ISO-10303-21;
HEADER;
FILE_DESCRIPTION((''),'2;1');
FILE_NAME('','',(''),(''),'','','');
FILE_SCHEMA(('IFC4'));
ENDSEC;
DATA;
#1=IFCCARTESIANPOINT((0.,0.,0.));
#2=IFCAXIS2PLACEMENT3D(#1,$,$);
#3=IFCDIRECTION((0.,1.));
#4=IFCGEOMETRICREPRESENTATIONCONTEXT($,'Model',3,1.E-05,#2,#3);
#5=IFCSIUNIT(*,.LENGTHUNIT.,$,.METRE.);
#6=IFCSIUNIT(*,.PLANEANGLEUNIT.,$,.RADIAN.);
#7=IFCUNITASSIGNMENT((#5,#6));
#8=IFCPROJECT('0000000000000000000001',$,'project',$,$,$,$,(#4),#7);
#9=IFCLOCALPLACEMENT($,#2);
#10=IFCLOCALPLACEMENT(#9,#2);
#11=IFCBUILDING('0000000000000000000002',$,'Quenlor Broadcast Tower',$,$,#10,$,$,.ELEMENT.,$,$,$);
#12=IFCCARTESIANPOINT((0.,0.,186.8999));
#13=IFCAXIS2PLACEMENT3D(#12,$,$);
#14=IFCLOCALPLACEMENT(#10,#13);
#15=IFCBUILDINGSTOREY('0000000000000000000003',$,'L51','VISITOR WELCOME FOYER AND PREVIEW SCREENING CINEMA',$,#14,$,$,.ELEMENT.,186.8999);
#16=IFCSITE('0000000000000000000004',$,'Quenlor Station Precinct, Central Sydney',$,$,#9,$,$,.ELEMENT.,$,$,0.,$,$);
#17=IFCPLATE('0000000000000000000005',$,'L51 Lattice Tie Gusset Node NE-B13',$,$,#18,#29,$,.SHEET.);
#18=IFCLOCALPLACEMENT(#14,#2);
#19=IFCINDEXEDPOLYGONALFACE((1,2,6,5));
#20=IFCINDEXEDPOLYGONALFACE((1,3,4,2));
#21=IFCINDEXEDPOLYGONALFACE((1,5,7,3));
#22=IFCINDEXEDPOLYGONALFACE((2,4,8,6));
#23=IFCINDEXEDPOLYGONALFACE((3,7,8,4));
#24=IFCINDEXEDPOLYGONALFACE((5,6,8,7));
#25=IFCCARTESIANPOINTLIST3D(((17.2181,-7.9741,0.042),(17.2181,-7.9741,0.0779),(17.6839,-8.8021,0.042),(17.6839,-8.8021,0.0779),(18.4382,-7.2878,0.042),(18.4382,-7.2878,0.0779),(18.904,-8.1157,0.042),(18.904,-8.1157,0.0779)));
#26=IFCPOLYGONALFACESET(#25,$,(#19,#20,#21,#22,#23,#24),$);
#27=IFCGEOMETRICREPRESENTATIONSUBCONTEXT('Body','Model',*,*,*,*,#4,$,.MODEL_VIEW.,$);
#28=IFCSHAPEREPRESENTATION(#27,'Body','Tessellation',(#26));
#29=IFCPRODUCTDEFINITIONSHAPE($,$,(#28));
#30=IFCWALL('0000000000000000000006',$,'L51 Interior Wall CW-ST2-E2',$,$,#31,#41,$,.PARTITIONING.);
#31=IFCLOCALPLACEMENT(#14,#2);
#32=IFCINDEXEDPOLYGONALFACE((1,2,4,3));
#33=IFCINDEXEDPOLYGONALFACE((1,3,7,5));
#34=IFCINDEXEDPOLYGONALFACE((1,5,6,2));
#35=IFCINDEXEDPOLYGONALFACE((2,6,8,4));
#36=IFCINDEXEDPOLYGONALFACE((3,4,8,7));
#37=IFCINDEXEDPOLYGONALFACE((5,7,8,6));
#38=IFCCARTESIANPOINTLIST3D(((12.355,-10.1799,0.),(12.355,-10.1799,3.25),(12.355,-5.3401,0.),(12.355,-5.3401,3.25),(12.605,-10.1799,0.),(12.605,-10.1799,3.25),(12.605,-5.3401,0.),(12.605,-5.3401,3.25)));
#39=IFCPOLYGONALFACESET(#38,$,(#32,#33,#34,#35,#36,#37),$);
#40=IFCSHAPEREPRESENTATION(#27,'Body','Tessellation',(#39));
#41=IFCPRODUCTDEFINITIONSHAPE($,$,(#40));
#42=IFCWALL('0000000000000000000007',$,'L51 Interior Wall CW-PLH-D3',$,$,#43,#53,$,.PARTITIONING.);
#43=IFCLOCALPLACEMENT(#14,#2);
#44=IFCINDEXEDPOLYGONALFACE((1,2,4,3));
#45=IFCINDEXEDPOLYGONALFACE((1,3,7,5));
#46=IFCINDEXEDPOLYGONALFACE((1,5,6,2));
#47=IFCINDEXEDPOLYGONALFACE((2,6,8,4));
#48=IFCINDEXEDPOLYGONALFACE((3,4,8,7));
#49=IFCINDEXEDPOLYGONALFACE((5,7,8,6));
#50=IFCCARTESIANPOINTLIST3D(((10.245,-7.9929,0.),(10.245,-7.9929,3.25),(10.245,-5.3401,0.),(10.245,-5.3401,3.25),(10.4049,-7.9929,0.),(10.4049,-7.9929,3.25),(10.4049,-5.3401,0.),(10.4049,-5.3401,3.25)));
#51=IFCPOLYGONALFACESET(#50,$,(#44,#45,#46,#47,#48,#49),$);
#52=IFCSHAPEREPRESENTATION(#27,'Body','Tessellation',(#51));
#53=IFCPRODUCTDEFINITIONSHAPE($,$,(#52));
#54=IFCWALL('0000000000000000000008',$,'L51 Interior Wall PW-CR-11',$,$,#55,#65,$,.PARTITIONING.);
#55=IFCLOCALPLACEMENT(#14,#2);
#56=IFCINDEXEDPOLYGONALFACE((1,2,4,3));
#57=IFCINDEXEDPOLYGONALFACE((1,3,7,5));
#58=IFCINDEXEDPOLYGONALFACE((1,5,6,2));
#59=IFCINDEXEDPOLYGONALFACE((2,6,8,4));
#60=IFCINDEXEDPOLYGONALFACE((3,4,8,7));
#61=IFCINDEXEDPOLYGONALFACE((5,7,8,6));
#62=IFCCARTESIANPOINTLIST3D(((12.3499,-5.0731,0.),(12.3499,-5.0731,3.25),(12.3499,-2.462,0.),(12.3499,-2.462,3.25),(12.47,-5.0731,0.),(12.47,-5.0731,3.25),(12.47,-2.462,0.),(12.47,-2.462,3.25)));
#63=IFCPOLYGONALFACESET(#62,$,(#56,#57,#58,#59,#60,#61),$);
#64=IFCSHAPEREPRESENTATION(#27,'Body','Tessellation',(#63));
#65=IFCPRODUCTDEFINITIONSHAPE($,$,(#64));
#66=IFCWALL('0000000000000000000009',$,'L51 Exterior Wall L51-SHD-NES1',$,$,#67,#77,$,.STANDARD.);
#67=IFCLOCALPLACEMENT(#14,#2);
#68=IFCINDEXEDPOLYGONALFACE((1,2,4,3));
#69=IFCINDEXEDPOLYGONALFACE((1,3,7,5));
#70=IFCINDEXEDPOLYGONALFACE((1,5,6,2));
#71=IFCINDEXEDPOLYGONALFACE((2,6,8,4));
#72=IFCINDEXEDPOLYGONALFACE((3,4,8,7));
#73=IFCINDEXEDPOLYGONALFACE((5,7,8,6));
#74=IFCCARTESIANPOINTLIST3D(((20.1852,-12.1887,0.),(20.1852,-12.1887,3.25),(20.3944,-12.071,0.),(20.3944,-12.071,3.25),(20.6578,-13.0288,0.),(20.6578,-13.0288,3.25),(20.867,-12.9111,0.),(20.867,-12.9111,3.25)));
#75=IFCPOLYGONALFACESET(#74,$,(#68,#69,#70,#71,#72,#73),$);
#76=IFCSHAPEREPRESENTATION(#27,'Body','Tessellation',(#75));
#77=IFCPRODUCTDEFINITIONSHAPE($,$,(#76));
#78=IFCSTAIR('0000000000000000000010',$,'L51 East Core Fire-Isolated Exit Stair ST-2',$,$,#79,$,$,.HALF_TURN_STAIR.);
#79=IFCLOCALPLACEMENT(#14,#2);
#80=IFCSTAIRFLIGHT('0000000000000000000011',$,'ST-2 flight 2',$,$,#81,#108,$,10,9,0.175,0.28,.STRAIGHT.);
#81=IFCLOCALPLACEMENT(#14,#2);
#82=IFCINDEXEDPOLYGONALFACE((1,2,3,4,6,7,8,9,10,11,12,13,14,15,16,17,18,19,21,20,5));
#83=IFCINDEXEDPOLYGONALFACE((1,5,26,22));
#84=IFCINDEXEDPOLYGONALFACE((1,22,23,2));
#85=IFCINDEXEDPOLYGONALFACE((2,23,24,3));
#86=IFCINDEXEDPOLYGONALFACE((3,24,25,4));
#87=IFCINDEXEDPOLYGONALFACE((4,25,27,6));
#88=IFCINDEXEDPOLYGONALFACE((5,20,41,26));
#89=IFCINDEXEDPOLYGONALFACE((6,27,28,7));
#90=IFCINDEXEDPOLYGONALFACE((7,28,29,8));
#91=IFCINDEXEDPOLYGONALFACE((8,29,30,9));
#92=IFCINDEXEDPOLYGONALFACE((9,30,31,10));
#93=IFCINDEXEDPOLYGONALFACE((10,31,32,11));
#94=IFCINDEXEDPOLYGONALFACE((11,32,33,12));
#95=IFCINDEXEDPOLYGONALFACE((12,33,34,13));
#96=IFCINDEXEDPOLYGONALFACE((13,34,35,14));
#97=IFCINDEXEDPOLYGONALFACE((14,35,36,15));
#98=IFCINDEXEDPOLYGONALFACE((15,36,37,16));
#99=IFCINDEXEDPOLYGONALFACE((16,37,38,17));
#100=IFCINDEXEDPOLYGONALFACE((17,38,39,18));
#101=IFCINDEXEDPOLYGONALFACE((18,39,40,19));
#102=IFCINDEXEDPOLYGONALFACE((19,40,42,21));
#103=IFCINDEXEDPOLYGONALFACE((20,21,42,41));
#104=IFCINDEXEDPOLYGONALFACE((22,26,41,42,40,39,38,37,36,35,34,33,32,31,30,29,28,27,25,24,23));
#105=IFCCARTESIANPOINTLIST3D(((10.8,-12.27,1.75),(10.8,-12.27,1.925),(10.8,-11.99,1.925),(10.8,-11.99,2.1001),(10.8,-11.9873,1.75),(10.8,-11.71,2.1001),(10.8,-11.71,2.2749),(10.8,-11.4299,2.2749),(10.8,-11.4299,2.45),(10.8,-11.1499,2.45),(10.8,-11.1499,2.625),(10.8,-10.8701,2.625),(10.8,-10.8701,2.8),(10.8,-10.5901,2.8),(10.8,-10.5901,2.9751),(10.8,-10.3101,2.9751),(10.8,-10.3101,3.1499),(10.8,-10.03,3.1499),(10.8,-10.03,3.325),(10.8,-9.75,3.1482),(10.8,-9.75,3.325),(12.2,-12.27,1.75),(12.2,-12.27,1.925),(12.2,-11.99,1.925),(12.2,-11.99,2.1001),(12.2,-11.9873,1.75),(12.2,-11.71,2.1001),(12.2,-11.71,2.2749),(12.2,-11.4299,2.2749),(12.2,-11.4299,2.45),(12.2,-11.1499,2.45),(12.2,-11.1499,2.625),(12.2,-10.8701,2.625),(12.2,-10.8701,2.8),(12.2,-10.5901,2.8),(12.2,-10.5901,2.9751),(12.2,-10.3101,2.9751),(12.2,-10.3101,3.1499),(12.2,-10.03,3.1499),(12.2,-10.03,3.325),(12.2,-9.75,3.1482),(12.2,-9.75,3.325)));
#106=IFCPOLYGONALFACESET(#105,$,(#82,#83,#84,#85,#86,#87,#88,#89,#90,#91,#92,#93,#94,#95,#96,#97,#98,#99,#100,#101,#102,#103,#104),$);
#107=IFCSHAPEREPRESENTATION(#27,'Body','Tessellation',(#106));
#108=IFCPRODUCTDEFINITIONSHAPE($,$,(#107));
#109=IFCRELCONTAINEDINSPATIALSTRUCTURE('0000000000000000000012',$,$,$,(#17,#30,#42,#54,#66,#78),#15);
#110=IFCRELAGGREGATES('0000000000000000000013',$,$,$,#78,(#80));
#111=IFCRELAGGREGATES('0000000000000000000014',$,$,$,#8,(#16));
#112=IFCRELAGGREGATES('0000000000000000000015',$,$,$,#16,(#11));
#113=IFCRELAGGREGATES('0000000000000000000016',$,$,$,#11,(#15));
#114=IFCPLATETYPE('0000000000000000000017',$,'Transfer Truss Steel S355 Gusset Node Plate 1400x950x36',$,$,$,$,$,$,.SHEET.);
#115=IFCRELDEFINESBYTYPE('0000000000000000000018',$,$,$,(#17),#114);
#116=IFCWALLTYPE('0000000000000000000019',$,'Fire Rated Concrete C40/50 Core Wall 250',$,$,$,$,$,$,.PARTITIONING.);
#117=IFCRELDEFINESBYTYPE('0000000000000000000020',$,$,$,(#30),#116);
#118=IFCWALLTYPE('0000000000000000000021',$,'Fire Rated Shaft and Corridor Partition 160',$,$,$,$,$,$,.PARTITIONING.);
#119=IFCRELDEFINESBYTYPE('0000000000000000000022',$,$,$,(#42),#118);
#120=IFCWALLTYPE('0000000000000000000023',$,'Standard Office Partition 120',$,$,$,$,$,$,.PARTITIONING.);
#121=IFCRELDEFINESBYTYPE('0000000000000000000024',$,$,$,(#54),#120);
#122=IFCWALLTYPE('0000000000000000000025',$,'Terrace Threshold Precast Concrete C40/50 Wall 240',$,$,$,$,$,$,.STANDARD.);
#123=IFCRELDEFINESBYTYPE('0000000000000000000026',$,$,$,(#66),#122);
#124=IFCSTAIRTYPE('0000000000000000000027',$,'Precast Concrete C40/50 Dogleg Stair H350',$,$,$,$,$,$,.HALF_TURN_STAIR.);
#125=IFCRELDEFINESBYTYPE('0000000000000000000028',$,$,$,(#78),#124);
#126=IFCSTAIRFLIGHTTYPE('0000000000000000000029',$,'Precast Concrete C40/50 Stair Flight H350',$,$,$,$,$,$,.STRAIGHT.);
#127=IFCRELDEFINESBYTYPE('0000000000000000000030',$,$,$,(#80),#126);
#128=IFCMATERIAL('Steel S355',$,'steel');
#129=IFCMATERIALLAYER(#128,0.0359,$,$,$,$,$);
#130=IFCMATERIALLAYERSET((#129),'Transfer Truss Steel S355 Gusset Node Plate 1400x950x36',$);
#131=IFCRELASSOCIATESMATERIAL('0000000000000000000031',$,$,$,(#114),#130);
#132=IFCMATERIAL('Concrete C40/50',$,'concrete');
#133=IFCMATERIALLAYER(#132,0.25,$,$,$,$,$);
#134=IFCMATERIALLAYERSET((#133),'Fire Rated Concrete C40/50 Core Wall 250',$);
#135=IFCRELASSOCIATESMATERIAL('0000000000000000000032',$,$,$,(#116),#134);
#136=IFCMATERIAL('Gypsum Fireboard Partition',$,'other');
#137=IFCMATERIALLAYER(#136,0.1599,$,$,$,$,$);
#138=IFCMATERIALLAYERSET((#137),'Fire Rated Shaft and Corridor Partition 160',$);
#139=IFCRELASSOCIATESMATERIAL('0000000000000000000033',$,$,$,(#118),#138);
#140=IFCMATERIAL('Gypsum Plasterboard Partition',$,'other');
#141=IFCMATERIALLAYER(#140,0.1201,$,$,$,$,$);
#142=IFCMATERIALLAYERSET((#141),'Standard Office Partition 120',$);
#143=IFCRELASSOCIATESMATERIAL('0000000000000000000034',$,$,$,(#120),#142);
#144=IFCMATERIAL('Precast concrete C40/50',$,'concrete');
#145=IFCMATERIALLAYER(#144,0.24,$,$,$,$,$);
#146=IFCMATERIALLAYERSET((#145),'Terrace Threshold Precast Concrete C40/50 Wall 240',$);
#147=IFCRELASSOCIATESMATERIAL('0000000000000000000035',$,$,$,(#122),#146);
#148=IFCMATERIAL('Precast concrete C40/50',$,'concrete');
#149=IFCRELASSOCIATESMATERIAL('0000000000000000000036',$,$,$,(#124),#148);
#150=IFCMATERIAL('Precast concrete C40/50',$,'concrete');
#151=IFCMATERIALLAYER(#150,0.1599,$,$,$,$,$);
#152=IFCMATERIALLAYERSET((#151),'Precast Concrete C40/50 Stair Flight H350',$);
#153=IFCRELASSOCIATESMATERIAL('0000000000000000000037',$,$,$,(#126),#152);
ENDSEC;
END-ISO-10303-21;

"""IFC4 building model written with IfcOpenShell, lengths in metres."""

from ifc_helpers import new_model, si_unit, direction, frame, frame_2d, origin, origin_2d, place, context, subcontext, project, spatial, polyline, rectangle, outline, extrude, material, layer, layer_set, type_object, element, aggregate, save


model = new_model("IFC4")

# Units and contexts
model_context = context("Model", 3, precision=1e-05, world=origin(), true_north=direction((0.0, 1.0)))
body_context = subcontext(model_context, "Body", "Model", "MODEL_VIEW")
ifc_project = project(units=[si_unit("LENGTHUNIT", "METRE"), si_unit("PLANEANGLEUNIT", "RADIAN")], contexts=[model_context])

# Site, building, storey
site_placement = place(None, origin())
site = spatial("IfcSite", under=ifc_project, at=site_placement, Name="Quenlor Station Precinct, Central Sydney", CompositionType="ELEMENT", RefElevation=0.0)
building_placement = place(site_placement, origin())
building = spatial("IfcBuilding", under=site, at=building_placement, Name="Quenlor Broadcast Tower", CompositionType="ELEMENT")
storey_placement = place(building_placement, frame((0.0, 0.0, 186.8999)))
storey = spatial("IfcBuildingStorey", under=building, at=storey_placement, Name="L51", Description="VISITOR WELCOME FOYER AND PREVIEW SCREENING CINEMA", CompositionType="ELEMENT", Elevation=186.8999)

# Plate
ifc_material_1 = material(Name="Steel S355", Category="steel")
ifc_layer_1 = layer(ifc_material_1, 0.0359)
ifc_layer_set_1 = layer_set([ifc_layer_1], Name="Transfer Truss Steel S355 Gusset Node Plate 1400x950x36")
plate_type = type_object("IfcPlateType", Name="Transfer Truss Steel S355 Gusset Node Plate 1400x950x36", PredefinedType="SHEET", material=ifc_layer_set_1)
for number, where, z_axis, x_axis, name in (
    (1, (18.061, -8.0449, 0.042), (0.0, 0.0, 1.0), (0.871556, 0.490295, 0.0), "L51 Lattice Tie Gusset Node NE-B13"),
):
    element("IfcPlate", number, at=place(storey_placement, frame(where, z_axis=z_axis, x_axis=x_axis)), inside=storey, type_object=plate_type, Name=name, PredefinedType="SHEET", context=body_context, shape_type="SweptSolid", body=[
        extrude(rectangle(XDim=1.3999, YDim=0.95, at=origin_2d()), origin(), (0.0, 0.0, 1.0), 0.0359),
    ])

# Walls
ifc_material_2 = material(Name="Concrete C40/50", Category="concrete")
ifc_layer_2 = layer(ifc_material_2, 0.25)
ifc_layer_set_2 = layer_set([ifc_layer_2], Name="Fire Rated Concrete C40/50 Core Wall 250")
wall_type_1 = type_object("IfcWallType", Name="Fire Rated Concrete C40/50 Core Wall 250", PredefinedType="PARTITIONING", material=ifc_layer_set_2)
wall_1_placement = place(storey_placement, frame((12.48, -10.1799, 0.0), z_axis=(0.0, 0.0, 1.0), x_axis=(0.0, 1.0, 0.0)))
element("IfcWall", 2, at=wall_1_placement, inside=storey, type_object=wall_type_1, Name="L51 Interior Wall CW-ST2-E2", PredefinedType="PARTITIONING", context=body_context, shape_type="SweptSolid", body=[
    extrude(rectangle(XDim=4.8398, YDim=0.25, at=frame_2d((2.4199, 0.0))), origin(), (0.0, 0.0, 1.0), 3.25),
])
ifc_material_3 = material(Name="Gypsum Fireboard Partition", Category="other")
ifc_layer_3 = layer(ifc_material_3, 0.1599)
ifc_layer_set_3 = layer_set([ifc_layer_3], Name="Fire Rated Shaft and Corridor Partition 160")
wall_type_2 = type_object("IfcWallType", Name="Fire Rated Shaft and Corridor Partition 160", PredefinedType="PARTITIONING", material=ifc_layer_set_3)
wall_2_placement = place(storey_placement, frame((10.325, -7.9929, 0.0), z_axis=(0.0, 0.0, 1.0), x_axis=(0.0, 1.0, 0.0)))
element("IfcWall", 3, at=wall_2_placement, inside=storey, type_object=wall_type_2, Name="L51 Interior Wall CW-PLH-D3", PredefinedType="PARTITIONING", context=body_context, shape_type="SweptSolid", body=[
    extrude(rectangle(XDim=2.6528, YDim=0.1599, at=frame_2d((1.3264, 0.0))), origin(), (0.0, 0.0, 1.0), 3.25),
])
ifc_material_4 = material(Name="Gypsum Plasterboard Partition", Category="other")
ifc_layer_4 = layer(ifc_material_4, 0.1201)
ifc_layer_set_4 = layer_set([ifc_layer_4], Name="Standard Office Partition 120")
wall_type_3 = type_object("IfcWallType", Name="Standard Office Partition 120", PredefinedType="PARTITIONING", material=ifc_layer_set_4)
wall_3_placement = place(storey_placement, frame((12.4099, -2.4619, 0.0), z_axis=(0.0, 0.0, 1.0), x_axis=(0.0, -1.0, 0.0)))
element("IfcWall", 4, at=wall_3_placement, inside=storey, type_object=wall_type_3, Name="L51 Interior Wall PW-CR-11", PredefinedType="PARTITIONING", context=body_context, shape_type="SweptSolid", body=[
    extrude(rectangle(XDim=2.6111, YDim=0.1201, at=frame_2d((1.3057, 0.0))), origin(), (0.0, 0.0, 1.0), 3.25),
])
ifc_material_5 = material(Name="Precast concrete C40/50", Category="concrete")
ifc_layer_5 = layer(ifc_material_5, 0.24)
ifc_layer_set_5 = layer_set([ifc_layer_5], Name="Terrace Threshold Precast Concrete C40/50 Wall 240")
wall_type_4 = type_object("IfcWallType", Name="Terrace Threshold Precast Concrete C40/50 Wall 240", PredefinedType="STANDARD", material=ifc_layer_set_5)
wall_4_placement = place(storey_placement, frame((20.2898, -12.1299, 0.0), z_axis=(0.0, 0.0, 1.0), x_axis=(0.490345, -0.871528, 0.0)))
element("IfcWall", 5, at=wall_4_placement, inside=storey, type_object=wall_type_4, Name="L51 Exterior Wall L51-SHD-NES1", PredefinedType="STANDARD", context=body_context, shape_type="SweptSolid", body=[
    extrude(rectangle(XDim=0.9639, YDim=0.24, at=frame_2d((0.4819, 0.0))), origin(), (0.0, 0.0, 1.0), 3.25),
])

# Stair, stair flight
ifc_material_6 = material(Name="Precast concrete C40/50", Category="concrete")
stair_type = type_object("IfcStairType", Name="Precast Concrete C40/50 Dogleg Stair H350", PredefinedType="HALF_TURN_STAIR", material=ifc_material_6)
stair_placement = place(storey_placement, origin())
stair = element("IfcStair", 6, at=stair_placement, inside=storey, type_object=stair_type, Name="L51 East Core Fire-Isolated Exit Stair ST-2", PredefinedType="HALF_TURN_STAIR")
ifc_material_7 = material(Name="Precast concrete C40/50", Category="concrete")
ifc_layer_6 = layer(ifc_material_7, 0.1599)
ifc_layer_set_6 = layer_set([ifc_layer_6], Name="Precast Concrete C40/50 Stair Flight H350")
stair_flight_type = type_object("IfcStairFlightType", Name="Precast Concrete C40/50 Stair Flight H350", PredefinedType="STRAIGHT", material=ifc_layer_set_6)
stair_flight_placement = place(storey_placement, frame((11.5, -12.27, 1.75), z_axis=(0.0, 0.0, 1.0), x_axis=(0.0, 1.0, 0.0)))
stair_flight = element("IfcStairFlight", 7, at=stair_flight_placement, type_object=stair_flight_type, Name="ST-2 flight 2", NumberOfRisers=10, NumberOfTreads=9, PredefinedType="STRAIGHT", RiserHeight=0.175, TreadLength=0.28, context=body_context, shape_type="SweptSolid", body=[
    extrude(outline(polyline([(0.0, 0.0), (0.0, 0.175), (0.28, 0.175), (0.28, 0.3501), (0.5601, 0.3501), (0.5601, 0.5249), (0.8401, 0.5249), (0.8401, 0.7), (1.1201, 0.7), (1.1201, 0.875), (1.3999, 0.875), (1.3999, 1.05), (1.6799, 1.05), (1.6799, 1.2251), (1.96, 1.2251), (1.96, 1.3999), (2.24, 1.3999), (2.24, 1.575), (2.52, 1.575), (2.52, 1.75), (2.52, 1.3982), (0.2827, 0.0), (0.0, 0.0)])), frame((0.0, 0.7, 0.0), z_axis=(0.0, -1.0, 0.0), x_axis=(1.0, 0.0, 0.0)), (0.0, 0.0, 1.0), 1.3999),
])
aggregate(stair, [stair_flight])

save(model, "model.ifc")
